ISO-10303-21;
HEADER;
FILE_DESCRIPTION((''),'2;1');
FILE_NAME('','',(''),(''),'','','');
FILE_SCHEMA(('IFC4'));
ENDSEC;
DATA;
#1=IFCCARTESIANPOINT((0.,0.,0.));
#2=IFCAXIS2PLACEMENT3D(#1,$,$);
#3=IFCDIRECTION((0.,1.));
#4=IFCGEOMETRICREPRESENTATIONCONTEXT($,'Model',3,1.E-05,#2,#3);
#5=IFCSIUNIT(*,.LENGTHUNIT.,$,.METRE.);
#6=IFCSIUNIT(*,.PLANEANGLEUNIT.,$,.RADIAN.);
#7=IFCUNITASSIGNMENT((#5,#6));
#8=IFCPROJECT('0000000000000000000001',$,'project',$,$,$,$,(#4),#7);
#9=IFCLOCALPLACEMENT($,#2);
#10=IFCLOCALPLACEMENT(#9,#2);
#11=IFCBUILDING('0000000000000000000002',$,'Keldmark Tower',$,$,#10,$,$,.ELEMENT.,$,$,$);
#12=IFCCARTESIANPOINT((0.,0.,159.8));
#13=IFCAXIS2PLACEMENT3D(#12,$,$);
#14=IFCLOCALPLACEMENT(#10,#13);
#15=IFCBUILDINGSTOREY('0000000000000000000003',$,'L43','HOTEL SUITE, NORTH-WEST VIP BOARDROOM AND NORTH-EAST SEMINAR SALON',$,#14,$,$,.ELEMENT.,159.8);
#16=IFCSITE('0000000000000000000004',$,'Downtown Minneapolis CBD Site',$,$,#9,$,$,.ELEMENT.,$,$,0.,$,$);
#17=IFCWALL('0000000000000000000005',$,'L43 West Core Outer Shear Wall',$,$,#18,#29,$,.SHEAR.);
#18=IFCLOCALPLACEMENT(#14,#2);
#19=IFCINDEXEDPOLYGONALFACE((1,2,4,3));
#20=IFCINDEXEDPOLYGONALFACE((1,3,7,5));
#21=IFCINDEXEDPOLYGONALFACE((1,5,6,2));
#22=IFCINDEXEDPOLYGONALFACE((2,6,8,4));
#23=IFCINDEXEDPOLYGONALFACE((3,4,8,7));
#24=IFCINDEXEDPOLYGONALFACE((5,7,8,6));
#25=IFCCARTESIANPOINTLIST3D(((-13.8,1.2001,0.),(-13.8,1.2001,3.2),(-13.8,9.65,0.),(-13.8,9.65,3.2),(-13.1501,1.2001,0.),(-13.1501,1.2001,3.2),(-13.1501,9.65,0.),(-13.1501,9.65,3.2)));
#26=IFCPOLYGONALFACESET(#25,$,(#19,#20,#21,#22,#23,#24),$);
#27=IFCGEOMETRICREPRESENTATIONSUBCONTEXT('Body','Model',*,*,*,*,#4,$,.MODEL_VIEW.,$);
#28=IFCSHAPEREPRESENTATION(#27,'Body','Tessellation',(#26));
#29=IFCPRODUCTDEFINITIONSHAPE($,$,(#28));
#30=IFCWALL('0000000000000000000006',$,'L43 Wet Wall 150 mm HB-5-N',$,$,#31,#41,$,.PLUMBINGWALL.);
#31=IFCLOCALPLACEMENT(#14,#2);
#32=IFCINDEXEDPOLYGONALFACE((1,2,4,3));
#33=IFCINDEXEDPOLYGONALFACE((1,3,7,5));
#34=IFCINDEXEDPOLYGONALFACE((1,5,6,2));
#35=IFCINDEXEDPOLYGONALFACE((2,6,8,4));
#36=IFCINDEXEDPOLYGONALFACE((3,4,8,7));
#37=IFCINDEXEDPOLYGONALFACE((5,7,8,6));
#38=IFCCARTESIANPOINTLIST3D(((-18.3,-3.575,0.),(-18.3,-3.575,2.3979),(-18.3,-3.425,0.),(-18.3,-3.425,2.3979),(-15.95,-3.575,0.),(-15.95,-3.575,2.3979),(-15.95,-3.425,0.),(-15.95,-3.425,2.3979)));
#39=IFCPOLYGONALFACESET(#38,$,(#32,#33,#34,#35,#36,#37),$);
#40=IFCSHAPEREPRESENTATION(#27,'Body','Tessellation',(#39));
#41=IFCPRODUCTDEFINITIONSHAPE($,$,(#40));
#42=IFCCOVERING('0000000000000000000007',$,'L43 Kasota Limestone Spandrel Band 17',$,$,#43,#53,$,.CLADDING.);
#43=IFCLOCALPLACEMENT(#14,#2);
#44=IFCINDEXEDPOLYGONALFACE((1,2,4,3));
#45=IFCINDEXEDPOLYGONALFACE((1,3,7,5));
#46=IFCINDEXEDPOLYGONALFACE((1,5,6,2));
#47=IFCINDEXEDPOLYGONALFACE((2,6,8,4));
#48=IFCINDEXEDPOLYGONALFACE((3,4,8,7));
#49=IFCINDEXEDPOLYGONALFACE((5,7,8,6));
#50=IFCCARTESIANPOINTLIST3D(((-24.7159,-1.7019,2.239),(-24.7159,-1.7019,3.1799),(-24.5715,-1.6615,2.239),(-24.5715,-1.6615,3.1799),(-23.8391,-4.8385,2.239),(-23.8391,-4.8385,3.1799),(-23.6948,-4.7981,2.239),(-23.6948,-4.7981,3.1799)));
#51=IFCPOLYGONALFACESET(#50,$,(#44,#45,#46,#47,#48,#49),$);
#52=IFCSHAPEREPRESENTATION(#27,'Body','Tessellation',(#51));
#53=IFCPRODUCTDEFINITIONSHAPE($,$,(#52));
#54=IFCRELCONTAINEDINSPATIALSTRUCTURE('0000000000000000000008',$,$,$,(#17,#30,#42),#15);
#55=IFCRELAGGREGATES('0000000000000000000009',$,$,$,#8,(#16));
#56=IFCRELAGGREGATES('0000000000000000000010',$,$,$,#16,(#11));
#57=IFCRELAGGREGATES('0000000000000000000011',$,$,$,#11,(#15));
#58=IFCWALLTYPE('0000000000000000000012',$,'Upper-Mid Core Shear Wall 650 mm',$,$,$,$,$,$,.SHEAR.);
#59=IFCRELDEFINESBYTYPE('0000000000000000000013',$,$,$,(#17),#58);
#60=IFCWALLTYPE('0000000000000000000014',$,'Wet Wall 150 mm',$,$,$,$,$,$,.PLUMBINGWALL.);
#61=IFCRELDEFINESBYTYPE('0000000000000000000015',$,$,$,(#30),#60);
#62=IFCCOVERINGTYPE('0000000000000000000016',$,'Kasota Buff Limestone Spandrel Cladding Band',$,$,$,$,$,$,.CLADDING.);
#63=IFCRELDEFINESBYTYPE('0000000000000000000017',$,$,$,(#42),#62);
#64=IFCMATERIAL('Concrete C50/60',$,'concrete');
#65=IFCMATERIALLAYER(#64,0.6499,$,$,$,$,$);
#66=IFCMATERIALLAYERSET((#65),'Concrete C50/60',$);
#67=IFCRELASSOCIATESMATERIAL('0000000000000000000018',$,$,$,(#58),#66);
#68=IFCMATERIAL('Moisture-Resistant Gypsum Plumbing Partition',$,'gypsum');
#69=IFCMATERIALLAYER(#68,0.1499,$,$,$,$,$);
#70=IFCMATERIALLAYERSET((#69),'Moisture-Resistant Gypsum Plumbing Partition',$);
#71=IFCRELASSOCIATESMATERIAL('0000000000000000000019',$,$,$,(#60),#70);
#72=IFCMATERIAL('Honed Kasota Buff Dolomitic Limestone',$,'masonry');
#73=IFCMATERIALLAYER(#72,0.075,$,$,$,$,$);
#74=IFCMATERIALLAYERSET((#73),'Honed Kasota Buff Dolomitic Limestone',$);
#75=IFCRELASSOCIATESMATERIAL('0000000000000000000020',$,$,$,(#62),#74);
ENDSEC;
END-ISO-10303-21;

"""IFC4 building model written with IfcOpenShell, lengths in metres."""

from ifc_helpers import new_model, si_unit, direction, frame, frame_2d, origin, origin_2d, place, context, subcontext, project, spatial, rectangle, extrude, material, layer, layer_set, type_object, element, save


model = new_model("IFC4")

# Units and contexts
model_context = context("Model", 3, precision=1e-05, world=origin(), true_north=direction((0.0, 1.0)))
body_context = subcontext(model_context, "Body", "Model", "MODEL_VIEW")
ifc_project = project(units=[si_unit("LENGTHUNIT", "METRE"), si_unit("PLANEANGLEUNIT", "RADIAN")], contexts=[model_context])

# Site, building, storey
site_placement = place(None, origin())
site = spatial("IfcSite", under=ifc_project, at=site_placement, Name="Downtown Minneapolis CBD Site", CompositionType="ELEMENT", RefElevation=0.0)
building_placement = place(site_placement, origin())
building = spatial("IfcBuilding", under=site, at=building_placement, Name="Keldmark Tower", CompositionType="ELEMENT")
storey_placement = place(building_placement, frame((0.0, 0.0, 159.8)))
storey = spatial("IfcBuildingStorey", under=building, at=storey_placement, Name="L43", Description="HOTEL SUITE, NORTH-WEST VIP BOARDROOM AND NORTH-EAST SEMINAR SALON", CompositionType="ELEMENT", Elevation=159.8)

# Walls
ifc_material_1 = material(Name="Concrete C50/60", Category="concrete")
ifc_layer_1 = layer(ifc_material_1, 0.6499)
ifc_layer_set_1 = layer_set([ifc_layer_1], Name="Concrete C50/60")
wall_type_1 = type_object("IfcWallType", Name="Upper-Mid Core Shear Wall 650 mm", PredefinedType="SHEAR", material=ifc_layer_set_1)
wall_1_placement = place(storey_placement, frame((-13.4751, 1.2, 0.0), z_axis=(0.0, 0.0, 1.0), x_axis=(0.0, 1.0, 0.0)))
element("IfcWall", 1, at=wall_1_placement, inside=storey, type_object=wall_type_1, Name="L43 West Core Outer Shear Wall", PredefinedType="SHEAR", context=body_context, shape_type="SweptSolid", body=[
    extrude(rectangle(XDim=8.45, YDim=0.6499, at=frame_2d((4.2251, 0.0))), origin(), (0.0, 0.0, 1.0), 3.2),
])
ifc_material_2 = material(Name="Moisture-Resistant Gypsum Plumbing Partition", Category="gypsum")
ifc_layer_2 = layer(ifc_material_2, 0.1499)
ifc_layer_set_2 = layer_set([ifc_layer_2], Name="Moisture-Resistant Gypsum Plumbing Partition")
wall_type_2 = type_object("IfcWallType", Name="Wet Wall 150 mm", PredefinedType="PLUMBINGWALL", material=ifc_layer_set_2)
wall_2_placement = place(storey_placement, frame((-18.3, -3.5, 0.0), z_axis=(0.0, 0.0, 1.0), x_axis=(1.0, 0.0, 0.0)))
element("IfcWall", 2, at=wall_2_placement, inside=storey, type_object=wall_type_2, Name="L43 Wet Wall 150 mm HB-5-N", PredefinedType="PLUMBINGWALL", context=body_context, shape_type="SweptSolid", body=[
    extrude(rectangle(XDim=2.3501, YDim=0.1499, at=frame_2d((1.175, 0.0))), origin(), (0.0, 0.0, 1.0), 2.3979),
])

# Covering
ifc_material_3 = material(Name="Honed Kasota Buff Dolomitic Limestone", Category="masonry")
ifc_layer_3 = layer(ifc_material_3, 0.075)
ifc_layer_set_3 = layer_set([ifc_layer_3], Name="Honed Kasota Buff Dolomitic Limestone")
covering_type = type_object("IfcCoveringType", Name="Kasota Buff Limestone Spandrel Cladding Band", PredefinedType="CLADDING", material=ifc_layer_set_3)
covering_placement = place(storey_placement, frame((-24.2053, -3.25, 2.239), z_axis=(0.0, 0.0, 1.0), x_axis=(0.269206, -0.963083, 0.0)))
element("IfcCovering", 3, at=covering_placement, inside=storey, type_object=covering_type, Name="L43 Kasota Limestone Spandrel Band 17", PredefinedType="CLADDING", context=body_context, shape_type="SweptSolid", body=[
    extrude(rectangle(XDim=3.2568, YDim=0.1499, at=origin_2d()), origin(), (0.0, 0.0, 1.0), 0.9409),
])

save(model, "model.ifc")
